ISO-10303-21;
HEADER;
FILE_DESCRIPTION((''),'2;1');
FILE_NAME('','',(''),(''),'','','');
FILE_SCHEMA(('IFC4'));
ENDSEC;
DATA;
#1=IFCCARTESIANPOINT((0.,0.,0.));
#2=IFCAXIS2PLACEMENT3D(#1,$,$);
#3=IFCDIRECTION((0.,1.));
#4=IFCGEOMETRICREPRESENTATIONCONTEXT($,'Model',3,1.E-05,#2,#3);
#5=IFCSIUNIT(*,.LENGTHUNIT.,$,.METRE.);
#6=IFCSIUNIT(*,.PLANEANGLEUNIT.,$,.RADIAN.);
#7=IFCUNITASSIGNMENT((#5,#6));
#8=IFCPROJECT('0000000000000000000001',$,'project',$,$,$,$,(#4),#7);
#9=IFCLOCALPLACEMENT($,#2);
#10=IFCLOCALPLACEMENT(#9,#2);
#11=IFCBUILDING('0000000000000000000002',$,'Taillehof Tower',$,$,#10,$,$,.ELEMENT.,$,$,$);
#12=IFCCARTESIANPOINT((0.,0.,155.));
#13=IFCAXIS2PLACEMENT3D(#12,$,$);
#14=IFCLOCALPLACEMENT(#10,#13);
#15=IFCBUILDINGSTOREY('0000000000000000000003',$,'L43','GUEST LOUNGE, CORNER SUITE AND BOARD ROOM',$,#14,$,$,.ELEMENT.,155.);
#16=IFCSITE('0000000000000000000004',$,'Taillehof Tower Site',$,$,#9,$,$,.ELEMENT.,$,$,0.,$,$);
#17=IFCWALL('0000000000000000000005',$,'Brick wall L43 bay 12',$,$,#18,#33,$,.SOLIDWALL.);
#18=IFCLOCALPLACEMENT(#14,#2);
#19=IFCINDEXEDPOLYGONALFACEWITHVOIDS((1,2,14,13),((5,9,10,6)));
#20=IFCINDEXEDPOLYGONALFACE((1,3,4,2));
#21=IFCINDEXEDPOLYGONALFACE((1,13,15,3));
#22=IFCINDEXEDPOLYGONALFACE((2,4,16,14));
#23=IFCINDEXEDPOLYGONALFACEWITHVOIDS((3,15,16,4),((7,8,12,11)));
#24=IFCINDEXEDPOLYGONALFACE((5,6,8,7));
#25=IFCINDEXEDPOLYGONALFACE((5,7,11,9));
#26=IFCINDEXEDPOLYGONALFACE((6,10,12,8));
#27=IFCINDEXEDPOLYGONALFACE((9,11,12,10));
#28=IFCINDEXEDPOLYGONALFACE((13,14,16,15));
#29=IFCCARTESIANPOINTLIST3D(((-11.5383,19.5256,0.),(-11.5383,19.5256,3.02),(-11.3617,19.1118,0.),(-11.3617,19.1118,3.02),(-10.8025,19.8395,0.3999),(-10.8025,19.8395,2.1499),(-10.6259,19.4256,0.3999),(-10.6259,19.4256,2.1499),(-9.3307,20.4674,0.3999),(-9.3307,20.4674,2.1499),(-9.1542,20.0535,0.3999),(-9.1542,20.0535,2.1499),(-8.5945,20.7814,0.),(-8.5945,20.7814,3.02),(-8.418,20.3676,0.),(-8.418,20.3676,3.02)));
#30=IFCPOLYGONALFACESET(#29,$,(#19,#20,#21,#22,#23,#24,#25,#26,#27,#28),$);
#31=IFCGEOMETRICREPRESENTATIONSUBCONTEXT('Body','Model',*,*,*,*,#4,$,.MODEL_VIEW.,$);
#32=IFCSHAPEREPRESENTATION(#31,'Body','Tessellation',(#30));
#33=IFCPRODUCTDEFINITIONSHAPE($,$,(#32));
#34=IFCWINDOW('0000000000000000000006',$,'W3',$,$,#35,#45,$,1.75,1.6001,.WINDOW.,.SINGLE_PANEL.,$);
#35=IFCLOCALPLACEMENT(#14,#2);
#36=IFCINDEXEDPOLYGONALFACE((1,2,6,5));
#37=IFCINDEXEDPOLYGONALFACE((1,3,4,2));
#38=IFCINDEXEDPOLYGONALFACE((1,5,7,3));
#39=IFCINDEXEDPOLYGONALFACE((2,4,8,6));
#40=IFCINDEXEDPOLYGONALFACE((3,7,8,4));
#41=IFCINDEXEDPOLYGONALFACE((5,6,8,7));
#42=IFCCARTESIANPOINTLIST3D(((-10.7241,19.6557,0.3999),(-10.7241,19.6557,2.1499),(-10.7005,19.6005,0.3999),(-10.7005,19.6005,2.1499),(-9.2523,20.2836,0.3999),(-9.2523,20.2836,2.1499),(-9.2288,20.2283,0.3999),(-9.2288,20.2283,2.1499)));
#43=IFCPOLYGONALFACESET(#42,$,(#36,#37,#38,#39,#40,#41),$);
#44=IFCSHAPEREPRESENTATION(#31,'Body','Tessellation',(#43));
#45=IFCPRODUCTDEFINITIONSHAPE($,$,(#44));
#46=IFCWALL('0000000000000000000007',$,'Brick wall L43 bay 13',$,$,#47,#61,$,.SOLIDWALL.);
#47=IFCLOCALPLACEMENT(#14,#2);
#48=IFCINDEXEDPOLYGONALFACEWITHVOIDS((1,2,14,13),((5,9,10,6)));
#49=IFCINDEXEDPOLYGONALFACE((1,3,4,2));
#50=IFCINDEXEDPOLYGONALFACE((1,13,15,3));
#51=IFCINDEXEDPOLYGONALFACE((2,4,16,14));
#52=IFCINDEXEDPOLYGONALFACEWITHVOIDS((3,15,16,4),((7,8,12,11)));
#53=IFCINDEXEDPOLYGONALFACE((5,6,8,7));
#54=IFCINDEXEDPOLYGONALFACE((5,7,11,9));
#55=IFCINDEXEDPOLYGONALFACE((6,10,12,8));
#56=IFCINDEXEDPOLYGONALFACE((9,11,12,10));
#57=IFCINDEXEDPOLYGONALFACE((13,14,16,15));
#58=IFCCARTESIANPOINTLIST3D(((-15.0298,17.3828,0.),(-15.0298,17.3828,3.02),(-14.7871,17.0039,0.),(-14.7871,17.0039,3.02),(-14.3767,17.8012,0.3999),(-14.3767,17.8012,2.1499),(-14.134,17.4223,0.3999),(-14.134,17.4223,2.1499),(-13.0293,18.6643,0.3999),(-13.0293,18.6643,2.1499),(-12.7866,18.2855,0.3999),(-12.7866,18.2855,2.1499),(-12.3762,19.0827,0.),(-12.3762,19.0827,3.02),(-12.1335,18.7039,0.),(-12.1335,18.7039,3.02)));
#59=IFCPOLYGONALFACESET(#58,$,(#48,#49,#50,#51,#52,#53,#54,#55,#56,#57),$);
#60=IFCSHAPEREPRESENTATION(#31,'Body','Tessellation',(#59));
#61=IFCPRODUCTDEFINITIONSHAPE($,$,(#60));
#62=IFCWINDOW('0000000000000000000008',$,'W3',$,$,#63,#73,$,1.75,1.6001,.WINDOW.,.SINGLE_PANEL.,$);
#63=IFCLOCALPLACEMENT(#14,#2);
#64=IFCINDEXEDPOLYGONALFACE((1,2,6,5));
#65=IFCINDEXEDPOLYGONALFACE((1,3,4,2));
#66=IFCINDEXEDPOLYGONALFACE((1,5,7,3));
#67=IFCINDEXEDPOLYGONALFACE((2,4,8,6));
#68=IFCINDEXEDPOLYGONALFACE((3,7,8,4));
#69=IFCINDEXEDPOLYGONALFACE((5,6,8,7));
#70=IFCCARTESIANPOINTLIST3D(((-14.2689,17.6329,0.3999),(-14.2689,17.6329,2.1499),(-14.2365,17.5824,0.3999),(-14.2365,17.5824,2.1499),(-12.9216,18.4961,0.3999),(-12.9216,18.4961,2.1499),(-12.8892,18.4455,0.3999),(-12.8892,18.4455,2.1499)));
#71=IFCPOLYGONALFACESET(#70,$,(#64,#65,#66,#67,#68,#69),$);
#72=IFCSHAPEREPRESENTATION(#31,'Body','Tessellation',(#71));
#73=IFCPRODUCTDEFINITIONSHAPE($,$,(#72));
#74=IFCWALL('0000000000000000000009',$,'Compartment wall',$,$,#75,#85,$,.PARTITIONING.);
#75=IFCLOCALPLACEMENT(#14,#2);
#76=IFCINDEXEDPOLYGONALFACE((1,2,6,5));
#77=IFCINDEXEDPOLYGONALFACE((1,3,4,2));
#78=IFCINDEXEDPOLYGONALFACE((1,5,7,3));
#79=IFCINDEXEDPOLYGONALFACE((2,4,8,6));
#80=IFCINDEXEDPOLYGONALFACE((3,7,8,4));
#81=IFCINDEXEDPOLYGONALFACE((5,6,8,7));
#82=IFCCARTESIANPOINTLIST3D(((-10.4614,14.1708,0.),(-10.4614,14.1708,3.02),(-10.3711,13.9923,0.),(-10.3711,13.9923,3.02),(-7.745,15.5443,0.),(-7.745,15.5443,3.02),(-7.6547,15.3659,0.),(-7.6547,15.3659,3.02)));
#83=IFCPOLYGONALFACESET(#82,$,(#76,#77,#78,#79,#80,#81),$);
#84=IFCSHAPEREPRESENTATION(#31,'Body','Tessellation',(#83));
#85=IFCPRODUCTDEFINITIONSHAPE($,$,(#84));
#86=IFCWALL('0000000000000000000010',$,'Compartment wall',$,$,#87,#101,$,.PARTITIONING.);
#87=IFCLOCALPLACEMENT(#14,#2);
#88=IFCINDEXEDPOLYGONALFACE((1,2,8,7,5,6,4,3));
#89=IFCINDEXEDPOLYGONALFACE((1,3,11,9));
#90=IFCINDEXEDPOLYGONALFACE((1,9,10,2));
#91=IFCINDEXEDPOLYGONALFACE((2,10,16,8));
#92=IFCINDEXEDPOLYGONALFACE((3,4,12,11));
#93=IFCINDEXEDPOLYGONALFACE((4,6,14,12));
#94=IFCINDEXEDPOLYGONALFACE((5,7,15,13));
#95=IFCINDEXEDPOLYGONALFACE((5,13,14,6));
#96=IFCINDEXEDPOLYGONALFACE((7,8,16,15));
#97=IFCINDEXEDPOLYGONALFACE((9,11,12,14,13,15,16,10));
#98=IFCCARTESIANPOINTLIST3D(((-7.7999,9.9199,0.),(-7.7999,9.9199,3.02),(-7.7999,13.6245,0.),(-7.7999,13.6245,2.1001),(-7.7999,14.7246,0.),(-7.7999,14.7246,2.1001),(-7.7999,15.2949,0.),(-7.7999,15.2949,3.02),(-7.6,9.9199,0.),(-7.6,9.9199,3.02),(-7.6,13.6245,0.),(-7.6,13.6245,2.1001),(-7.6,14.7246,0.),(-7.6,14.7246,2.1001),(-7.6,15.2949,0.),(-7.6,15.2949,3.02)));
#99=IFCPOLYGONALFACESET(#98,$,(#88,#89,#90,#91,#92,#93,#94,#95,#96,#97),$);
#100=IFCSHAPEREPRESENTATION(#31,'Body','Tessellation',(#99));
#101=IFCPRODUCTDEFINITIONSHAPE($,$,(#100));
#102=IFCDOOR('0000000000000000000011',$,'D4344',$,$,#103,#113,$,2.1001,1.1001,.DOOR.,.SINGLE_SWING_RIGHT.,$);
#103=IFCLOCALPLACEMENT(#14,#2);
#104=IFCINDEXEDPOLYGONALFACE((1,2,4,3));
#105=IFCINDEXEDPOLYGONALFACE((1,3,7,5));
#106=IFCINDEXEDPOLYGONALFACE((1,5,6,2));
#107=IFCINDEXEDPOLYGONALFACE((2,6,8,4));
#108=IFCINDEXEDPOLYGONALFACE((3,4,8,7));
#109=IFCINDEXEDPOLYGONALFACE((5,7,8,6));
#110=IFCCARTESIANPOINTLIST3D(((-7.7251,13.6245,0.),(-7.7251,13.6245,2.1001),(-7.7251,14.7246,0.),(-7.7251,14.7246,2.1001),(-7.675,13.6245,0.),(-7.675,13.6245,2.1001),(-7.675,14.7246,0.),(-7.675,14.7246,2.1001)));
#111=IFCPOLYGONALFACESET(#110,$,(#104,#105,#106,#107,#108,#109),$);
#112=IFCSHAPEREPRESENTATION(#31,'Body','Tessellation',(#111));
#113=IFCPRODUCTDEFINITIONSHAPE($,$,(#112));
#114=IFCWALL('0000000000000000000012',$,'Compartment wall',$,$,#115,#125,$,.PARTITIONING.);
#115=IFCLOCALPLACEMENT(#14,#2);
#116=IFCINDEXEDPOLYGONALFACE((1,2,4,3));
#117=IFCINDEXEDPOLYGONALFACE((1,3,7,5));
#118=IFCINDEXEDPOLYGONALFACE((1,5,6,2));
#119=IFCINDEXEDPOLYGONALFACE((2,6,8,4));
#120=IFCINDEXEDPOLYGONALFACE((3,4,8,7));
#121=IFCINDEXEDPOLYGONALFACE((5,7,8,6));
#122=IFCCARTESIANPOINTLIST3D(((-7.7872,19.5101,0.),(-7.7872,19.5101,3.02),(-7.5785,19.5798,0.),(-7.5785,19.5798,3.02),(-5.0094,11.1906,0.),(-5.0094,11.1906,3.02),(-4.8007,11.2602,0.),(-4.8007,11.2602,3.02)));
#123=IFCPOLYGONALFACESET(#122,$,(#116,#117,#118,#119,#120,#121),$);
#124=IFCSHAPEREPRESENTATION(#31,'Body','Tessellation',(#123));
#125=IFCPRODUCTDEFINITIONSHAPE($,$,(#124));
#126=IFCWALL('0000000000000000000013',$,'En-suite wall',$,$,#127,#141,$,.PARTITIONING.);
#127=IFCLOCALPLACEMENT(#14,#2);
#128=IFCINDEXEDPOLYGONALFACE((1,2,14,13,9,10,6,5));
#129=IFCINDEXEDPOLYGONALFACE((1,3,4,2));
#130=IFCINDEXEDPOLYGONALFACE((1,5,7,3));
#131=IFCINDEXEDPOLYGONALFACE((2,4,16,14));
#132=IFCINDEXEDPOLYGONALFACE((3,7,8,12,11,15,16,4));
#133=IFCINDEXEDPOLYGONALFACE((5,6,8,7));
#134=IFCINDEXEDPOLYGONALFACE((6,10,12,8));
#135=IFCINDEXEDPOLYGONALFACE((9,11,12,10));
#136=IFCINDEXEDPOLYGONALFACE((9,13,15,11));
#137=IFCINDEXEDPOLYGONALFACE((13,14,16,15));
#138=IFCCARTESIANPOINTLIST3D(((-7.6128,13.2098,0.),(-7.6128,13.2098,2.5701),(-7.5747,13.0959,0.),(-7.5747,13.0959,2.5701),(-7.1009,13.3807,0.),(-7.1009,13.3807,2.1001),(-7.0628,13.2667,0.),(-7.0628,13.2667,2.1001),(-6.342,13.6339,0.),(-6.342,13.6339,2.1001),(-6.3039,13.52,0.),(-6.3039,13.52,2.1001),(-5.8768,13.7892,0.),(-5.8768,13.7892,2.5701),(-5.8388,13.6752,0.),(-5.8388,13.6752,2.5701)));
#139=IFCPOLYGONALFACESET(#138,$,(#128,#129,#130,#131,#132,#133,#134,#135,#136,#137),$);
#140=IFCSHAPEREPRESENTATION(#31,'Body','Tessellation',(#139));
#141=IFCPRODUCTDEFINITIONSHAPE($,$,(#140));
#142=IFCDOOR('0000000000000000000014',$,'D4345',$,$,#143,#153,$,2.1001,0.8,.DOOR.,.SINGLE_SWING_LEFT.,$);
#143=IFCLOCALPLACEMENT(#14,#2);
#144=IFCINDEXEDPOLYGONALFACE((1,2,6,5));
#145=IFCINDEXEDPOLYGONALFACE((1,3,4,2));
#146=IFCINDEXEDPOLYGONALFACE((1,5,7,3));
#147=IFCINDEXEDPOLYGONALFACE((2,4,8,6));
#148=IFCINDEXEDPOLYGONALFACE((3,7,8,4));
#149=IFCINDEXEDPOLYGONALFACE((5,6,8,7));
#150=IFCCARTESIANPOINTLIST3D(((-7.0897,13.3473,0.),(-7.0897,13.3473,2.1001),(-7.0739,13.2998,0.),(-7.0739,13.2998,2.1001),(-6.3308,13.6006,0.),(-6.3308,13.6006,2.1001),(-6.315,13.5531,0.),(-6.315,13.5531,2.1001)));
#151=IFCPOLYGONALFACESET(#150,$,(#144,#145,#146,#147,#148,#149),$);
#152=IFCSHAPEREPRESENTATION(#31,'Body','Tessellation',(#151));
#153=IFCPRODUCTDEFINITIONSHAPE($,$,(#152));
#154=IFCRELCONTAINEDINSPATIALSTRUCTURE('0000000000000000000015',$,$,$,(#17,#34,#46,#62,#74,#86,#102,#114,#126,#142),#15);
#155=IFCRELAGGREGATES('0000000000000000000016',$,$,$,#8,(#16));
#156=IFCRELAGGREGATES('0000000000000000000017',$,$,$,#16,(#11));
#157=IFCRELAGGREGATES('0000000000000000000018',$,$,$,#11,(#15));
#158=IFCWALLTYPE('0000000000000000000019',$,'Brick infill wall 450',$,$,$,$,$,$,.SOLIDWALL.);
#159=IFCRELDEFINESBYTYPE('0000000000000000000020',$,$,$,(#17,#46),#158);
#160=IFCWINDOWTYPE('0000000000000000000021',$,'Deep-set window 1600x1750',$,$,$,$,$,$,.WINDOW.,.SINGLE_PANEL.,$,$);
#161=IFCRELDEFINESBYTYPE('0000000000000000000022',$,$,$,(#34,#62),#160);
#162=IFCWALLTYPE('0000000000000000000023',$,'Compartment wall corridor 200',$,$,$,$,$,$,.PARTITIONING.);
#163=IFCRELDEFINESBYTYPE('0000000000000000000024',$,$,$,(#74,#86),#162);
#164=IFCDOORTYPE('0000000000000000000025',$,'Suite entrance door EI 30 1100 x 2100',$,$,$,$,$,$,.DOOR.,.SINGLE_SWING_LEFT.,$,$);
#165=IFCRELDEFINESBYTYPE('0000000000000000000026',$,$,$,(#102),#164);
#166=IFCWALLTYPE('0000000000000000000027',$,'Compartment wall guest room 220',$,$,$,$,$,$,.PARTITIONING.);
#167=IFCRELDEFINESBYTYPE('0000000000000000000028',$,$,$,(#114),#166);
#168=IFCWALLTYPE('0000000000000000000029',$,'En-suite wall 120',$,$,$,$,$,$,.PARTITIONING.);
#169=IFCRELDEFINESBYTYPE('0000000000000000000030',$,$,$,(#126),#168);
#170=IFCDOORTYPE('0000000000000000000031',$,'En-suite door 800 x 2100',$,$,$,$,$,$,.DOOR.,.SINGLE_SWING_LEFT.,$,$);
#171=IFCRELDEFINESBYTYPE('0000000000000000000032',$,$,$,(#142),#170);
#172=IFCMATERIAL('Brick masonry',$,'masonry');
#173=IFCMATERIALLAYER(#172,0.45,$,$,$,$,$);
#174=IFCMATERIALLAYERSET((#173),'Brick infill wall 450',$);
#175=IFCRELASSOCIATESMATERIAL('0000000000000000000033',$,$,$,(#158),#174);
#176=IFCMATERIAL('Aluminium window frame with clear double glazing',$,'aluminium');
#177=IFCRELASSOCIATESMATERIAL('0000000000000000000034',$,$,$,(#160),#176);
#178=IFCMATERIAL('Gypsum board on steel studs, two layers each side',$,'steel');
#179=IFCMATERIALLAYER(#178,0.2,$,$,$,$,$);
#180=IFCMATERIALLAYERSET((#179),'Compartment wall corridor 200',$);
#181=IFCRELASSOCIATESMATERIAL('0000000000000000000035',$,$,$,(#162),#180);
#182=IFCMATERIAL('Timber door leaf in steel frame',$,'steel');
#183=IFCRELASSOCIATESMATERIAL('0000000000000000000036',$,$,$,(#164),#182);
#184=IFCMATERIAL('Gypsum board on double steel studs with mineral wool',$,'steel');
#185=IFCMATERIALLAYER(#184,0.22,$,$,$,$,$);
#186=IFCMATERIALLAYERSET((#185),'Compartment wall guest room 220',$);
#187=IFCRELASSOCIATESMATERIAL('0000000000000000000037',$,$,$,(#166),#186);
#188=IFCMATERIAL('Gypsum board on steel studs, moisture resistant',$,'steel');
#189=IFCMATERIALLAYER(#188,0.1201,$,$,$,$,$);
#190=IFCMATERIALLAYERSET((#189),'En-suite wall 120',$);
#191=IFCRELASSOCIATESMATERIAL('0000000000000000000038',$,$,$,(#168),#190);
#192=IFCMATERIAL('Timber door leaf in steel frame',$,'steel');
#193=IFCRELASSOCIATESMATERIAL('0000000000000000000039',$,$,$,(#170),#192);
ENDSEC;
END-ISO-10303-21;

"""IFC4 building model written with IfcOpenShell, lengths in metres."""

from ifc_helpers import new_model, si_unit, direction, frame, frame_2d, origin, place, context, subcontext, project, spatial, rectangle, extrude, material, layer, layer_set, type_object, element, fill, save


model = new_model("IFC4")

# Units and contexts
model_context = context("Model", 3, precision=1e-05, world=origin(), true_north=direction((0.0, 1.0)))
body_context = subcontext(model_context, "Body", "Model", "MODEL_VIEW")
ifc_project = project(units=[si_unit("LENGTHUNIT", "METRE"), si_unit("PLANEANGLEUNIT", "RADIAN")], contexts=[model_context])

# Site, building, storey
site_placement = place(None, origin())
site = spatial("IfcSite", under=ifc_project, at=site_placement, Name="Taillehof Tower Site", CompositionType="ELEMENT", RefElevation=0.0)
building_placement = place(site_placement, origin())
building = spatial("IfcBuilding", under=site, at=building_placement, Name="Taillehof Tower", CompositionType="ELEMENT")
storey_placement = place(building_placement, frame((0.0, 0.0, 155.0)))
storey = spatial("IfcBuildingStorey", under=building, at=storey_placement, Name="L43", Description="GUEST LOUNGE, CORNER SUITE AND BOARD ROOM", CompositionType="ELEMENT", Elevation=155.0)

# Walls, openings, windows
ifc_material_1 = material(Name="Brick masonry", Category="masonry")
ifc_layer_1 = layer(ifc_material_1, 0.45)
ifc_layer_set_1 = layer_set([ifc_layer_1], Name="Brick infill wall 450")
wall_type_1 = type_object("IfcWallType", Name="Brick infill wall 450", PredefinedType="SOLIDWALL", material=ifc_layer_set_1)
ifc_material_2 = material(Name="Aluminium window frame with clear double glazing", Category="aluminium")
window_type = type_object("IfcWindowType", Name="Deep-set window 1600x1750", PartitioningType="SINGLE_PANEL", PredefinedType="WINDOW", material=ifc_material_2)
wall_1_placement = place(storey_placement, frame((-8.5063, 20.5745, 0.0), z_axis=(0.0, 0.0, 1.0), x_axis=(-0.919799, -0.39239, 0.0)))
wall_1 = element("IfcWall", 1, at=wall_1_placement, inside=storey, type_object=wall_type_1, Name="Brick wall L43 bay 12", PredefinedType="SOLIDWALL", context=body_context, shape_type="SweptSolid", body=[
    extrude(rectangle(XDim=3.2004, YDim=0.45, at=frame_2d((1.6001, 0.0))), origin(), (0.0, 0.0, 1.0), 3.02),
])
opening_1_placement = place(wall_1_placement, frame((0.8003, 0.0, 0.3999)))
opening_1 = element("IfcOpeningElement", 2, at=opening_1_placement, cuts=wall_1, PredefinedType="OPENING", context=body_context, shape_type="SweptSolid", body=[
    extrude(rectangle(XDim=1.6001, YDim=1.75, at=frame_2d((0.8, 0.875))), frame((0.0, 0.2349, 0.0), z_axis=(0.0, -1.0, 0.0), x_axis=(1.0, 0.0, 0.0)), (0.0, 0.0, 1.0), 0.47),
])
window_1_placement = place(opening_1_placement, origin())
window_1 = element("IfcWindow", 3, at=window_1_placement, inside=storey, type_object=window_type, Name="W3", OverallHeight=1.75, OverallWidth=1.6001, PartitioningType="SINGLE_PANEL", PredefinedType="WINDOW", context=body_context, shape_type="SweptSolid", body=[
    extrude(rectangle(XDim=1.6001, YDim=1.75, at=frame_2d((0.8, 0.875))), frame((0.0, 0.0349, 0.0), z_axis=(0.0, -1.0, 0.0), x_axis=(1.0, 0.0, 0.0)), (0.0, 0.0, 1.0), 0.0601),
])
fill(opening_1, window_1)
wall_2_placement = place(storey_placement, frame((-12.2549, 18.8933, 0.0), z_axis=(0.0, 0.0, 1.0), x_axis=(-0.842031, -0.53943, 0.0)))
wall_2 = element("IfcWall", 4, at=wall_2_placement, inside=storey, type_object=wall_type_1, Name="Brick wall L43 bay 13", PredefinedType="SOLIDWALL", context=body_context, shape_type="SweptSolid", body=[
    extrude(rectangle(XDim=3.1514, YDim=0.45, at=frame_2d((1.5757, 0.0))), origin(), (0.0, 0.0, 1.0), 3.02),
])
opening_2_placement = place(wall_2_placement, frame((0.7756, 0.0, 0.3999)))
opening_2 = element("IfcOpeningElement", 5, at=opening_2_placement, cuts=wall_2, PredefinedType="OPENING", context=body_context, shape_type="SweptSolid", body=[
    extrude(rectangle(XDim=1.6001, YDim=1.75, at=frame_2d((0.8, 0.875))), frame((0.0, 0.2349, 0.0), z_axis=(0.0, -1.0, 0.0), x_axis=(1.0, 0.0, 0.0)), (0.0, 0.0, 1.0), 0.47),
])
window_2_placement = place(opening_2_placement, origin())
window_2 = element("IfcWindow", 6, at=window_2_placement, inside=storey, type_object=window_type, Name="W3", OverallHeight=1.75, OverallWidth=1.6001, PartitioningType="SINGLE_PANEL", PredefinedType="WINDOW", context=body_context, shape_type="SweptSolid", body=[
    extrude(rectangle(XDim=1.6001, YDim=1.75, at=frame_2d((0.8, 0.875))), frame((0.0, 0.0349, 0.0), z_axis=(0.0, -1.0, 0.0), x_axis=(1.0, 0.0, 0.0)), (0.0, 0.0, 1.0), 0.0601),
])
fill(opening_2, window_2)

# Wall
ifc_material_3 = material(Name="Gypsum board on steel studs, two layers each side", Category="steel")
ifc_layer_2 = layer(ifc_material_3, 0.2)
ifc_layer_set_2 = layer_set([ifc_layer_2], Name="Compartment wall corridor 200")
wall_type_2 = type_object("IfcWallType", Name="Compartment wall corridor 200", PredefinedType="PARTITIONING", material=ifc_layer_set_2)
wall_3_placement = place(storey_placement, frame((-10.4163, 14.0815, 0.0), z_axis=(0.0, 0.0, 1.0), x_axis=(0.892397, 0.451252, 0.0)))
element("IfcWall", 7, at=wall_3_placement, inside=storey, type_object=wall_type_2, Name="Compartment wall", PredefinedType="PARTITIONING", context=body_context, shape_type="SweptSolid", body=[
    extrude(rectangle(XDim=3.0439, YDim=0.2, at=frame_2d((1.522, 0.0))), origin(), (0.0, 0.0, 1.0), 3.02),
])

# Wall, opening, door
wall_4_placement = place(storey_placement, frame((-7.7, 15.2949, 0.0), z_axis=(0.0, 0.0, 1.0), x_axis=(0.0, -1.0, 0.0)))
wall_4 = element("IfcWall", 8, at=wall_4_placement, inside=storey, type_object=wall_type_2, Name="Compartment wall", PredefinedType="PARTITIONING", context=body_context, shape_type="SweptSolid", body=[
    extrude(rectangle(XDim=5.375, YDim=0.2, at=frame_2d((2.6875, 0.0))), origin(), (0.0, 0.0, 1.0), 3.02),
])
opening_3_placement = place(wall_4_placement, frame((0.5703, 0.0, 0.0)))
opening_3 = element("IfcOpeningElement", 9, at=opening_3_placement, cuts=wall_4, PredefinedType="OPENING", context=body_context, shape_type="SweptSolid", body=[
    extrude(rectangle(XDim=1.1001, YDim=2.1001, at=frame_2d((0.55, 1.05))), frame((0.0, 0.1099, 0.0), z_axis=(0.0, -1.0, 0.0), x_axis=(1.0, 0.0, 0.0)), (0.0, 0.0, 1.0), 0.22),
])
ifc_material_4 = material(Name="Timber door leaf in steel frame", Category="steel")
door_type_1 = type_object("IfcDoorType", Name="Suite entrance door EI 30 1100 x 2100", OperationType="SINGLE_SWING_LEFT", PredefinedType="DOOR", material=ifc_material_4)
door_1_placement = place(opening_3_placement, origin())
door_1 = element("IfcDoor", 10, at=door_1_placement, inside=storey, type_object=door_type_1, Name="D4344", OperationType="SINGLE_SWING_RIGHT", OverallHeight=2.1001, OverallWidth=1.1001, PredefinedType="DOOR", context=body_context, shape_type="SweptSolid", body=[
    extrude(rectangle(XDim=1.1001, YDim=2.1001, at=frame_2d((0.55, 1.05))), frame((0.0, 0.0249, 0.0), z_axis=(0.0, -1.0, 0.0), x_axis=(1.0, 0.0, 0.0)), (0.0, 0.0, 1.0), 0.05),
])
fill(opening_3, door_1)

# Wall
ifc_material_5 = material(Name="Gypsum board on double steel studs with mineral wool", Category="steel")
ifc_layer_3 = layer(ifc_material_5, 0.22)
ifc_layer_set_3 = layer_set([ifc_layer_3], Name="Compartment wall guest room 220")
wall_type_3 = type_object("IfcWallType", Name="Compartment wall guest room 220", PredefinedType="PARTITIONING", material=ifc_layer_set_3)
wall_5_placement = place(storey_placement, frame((-7.6829, 19.5449, 0.0), z_axis=(0.0, 0.0, 1.0), x_axis=(0.316704, -0.948525, 0.0)))
element("IfcWall", 11, at=wall_5_placement, inside=storey, type_object=wall_type_3, Name="Compartment wall", PredefinedType="PARTITIONING", context=body_context, shape_type="SweptSolid", body=[
    extrude(rectangle(XDim=8.771, YDim=0.22, at=frame_2d((4.3855, 0.0))), origin(), (0.0, 0.0, 1.0), 3.02),
])

# Wall, opening, door
ifc_material_6 = material(Name="Gypsum board on steel studs, moisture resistant", Category="steel")
ifc_layer_4 = layer(ifc_material_6, 0.1201)
ifc_layer_set_4 = layer_set([ifc_layer_4], Name="En-suite wall 120")
wall_type_4 = type_object("IfcWallType", Name="En-suite wall 120", PredefinedType="PARTITIONING", material=ifc_layer_set_4)
wall_6_placement = place(storey_placement, frame((-7.5938, 13.1528, 0.0), z_axis=(0.0, 0.0, 1.0), x_axis=(0.948563, 0.316588, 0.0)))
wall_6 = element("IfcWall", 12, at=wall_6_placement, inside=storey, type_object=wall_type_4, Name="En-suite wall", PredefinedType="PARTITIONING", context=body_context, shape_type="SweptSolid", body=[
    extrude(rectangle(XDim=1.8301, YDim=0.1201, at=frame_2d((0.915, 0.0))), origin(), (0.0, 0.0, 1.0), 2.5701),
])
opening_4_placement = place(wall_6_placement, frame((0.5398, 0.0, 0.0)))
opening_4 = element("IfcOpeningElement", 13, at=opening_4_placement, cuts=wall_6, PredefinedType="OPENING", context=body_context, shape_type="SweptSolid", body=[
    extrude(rectangle(XDim=0.8, YDim=2.1001, at=frame_2d((0.3999, 1.05))), frame((0.0, 0.0701, 0.0), z_axis=(0.0, -1.0, 0.0), x_axis=(1.0, 0.0, 0.0)), (0.0, 0.0, 1.0), 0.1401),
])
ifc_material_7 = material(Name="Timber door leaf in steel frame", Category="steel")
door_type_2 = type_object("IfcDoorType", Name="En-suite door 800 x 2100", OperationType="SINGLE_SWING_LEFT", PredefinedType="DOOR", material=ifc_material_7)
door_2_placement = place(opening_4_placement, origin())
door_2 = element("IfcDoor", 14, at=door_2_placement, inside=storey, type_object=door_type_2, Name="D4345", OperationType="SINGLE_SWING_LEFT", OverallHeight=2.1001, OverallWidth=0.8, PredefinedType="DOOR", context=body_context, shape_type="SweptSolid", body=[
    extrude(rectangle(XDim=0.8, YDim=2.1001, at=frame_2d((0.3999, 1.05))), frame((0.0, 0.0249, 0.0), z_axis=(0.0, -1.0, 0.0), x_axis=(1.0, 0.0, 0.0)), (0.0, 0.0, 1.0), 0.05),
])
fill(opening_4, door_2)

save(model, "model.ifc")
